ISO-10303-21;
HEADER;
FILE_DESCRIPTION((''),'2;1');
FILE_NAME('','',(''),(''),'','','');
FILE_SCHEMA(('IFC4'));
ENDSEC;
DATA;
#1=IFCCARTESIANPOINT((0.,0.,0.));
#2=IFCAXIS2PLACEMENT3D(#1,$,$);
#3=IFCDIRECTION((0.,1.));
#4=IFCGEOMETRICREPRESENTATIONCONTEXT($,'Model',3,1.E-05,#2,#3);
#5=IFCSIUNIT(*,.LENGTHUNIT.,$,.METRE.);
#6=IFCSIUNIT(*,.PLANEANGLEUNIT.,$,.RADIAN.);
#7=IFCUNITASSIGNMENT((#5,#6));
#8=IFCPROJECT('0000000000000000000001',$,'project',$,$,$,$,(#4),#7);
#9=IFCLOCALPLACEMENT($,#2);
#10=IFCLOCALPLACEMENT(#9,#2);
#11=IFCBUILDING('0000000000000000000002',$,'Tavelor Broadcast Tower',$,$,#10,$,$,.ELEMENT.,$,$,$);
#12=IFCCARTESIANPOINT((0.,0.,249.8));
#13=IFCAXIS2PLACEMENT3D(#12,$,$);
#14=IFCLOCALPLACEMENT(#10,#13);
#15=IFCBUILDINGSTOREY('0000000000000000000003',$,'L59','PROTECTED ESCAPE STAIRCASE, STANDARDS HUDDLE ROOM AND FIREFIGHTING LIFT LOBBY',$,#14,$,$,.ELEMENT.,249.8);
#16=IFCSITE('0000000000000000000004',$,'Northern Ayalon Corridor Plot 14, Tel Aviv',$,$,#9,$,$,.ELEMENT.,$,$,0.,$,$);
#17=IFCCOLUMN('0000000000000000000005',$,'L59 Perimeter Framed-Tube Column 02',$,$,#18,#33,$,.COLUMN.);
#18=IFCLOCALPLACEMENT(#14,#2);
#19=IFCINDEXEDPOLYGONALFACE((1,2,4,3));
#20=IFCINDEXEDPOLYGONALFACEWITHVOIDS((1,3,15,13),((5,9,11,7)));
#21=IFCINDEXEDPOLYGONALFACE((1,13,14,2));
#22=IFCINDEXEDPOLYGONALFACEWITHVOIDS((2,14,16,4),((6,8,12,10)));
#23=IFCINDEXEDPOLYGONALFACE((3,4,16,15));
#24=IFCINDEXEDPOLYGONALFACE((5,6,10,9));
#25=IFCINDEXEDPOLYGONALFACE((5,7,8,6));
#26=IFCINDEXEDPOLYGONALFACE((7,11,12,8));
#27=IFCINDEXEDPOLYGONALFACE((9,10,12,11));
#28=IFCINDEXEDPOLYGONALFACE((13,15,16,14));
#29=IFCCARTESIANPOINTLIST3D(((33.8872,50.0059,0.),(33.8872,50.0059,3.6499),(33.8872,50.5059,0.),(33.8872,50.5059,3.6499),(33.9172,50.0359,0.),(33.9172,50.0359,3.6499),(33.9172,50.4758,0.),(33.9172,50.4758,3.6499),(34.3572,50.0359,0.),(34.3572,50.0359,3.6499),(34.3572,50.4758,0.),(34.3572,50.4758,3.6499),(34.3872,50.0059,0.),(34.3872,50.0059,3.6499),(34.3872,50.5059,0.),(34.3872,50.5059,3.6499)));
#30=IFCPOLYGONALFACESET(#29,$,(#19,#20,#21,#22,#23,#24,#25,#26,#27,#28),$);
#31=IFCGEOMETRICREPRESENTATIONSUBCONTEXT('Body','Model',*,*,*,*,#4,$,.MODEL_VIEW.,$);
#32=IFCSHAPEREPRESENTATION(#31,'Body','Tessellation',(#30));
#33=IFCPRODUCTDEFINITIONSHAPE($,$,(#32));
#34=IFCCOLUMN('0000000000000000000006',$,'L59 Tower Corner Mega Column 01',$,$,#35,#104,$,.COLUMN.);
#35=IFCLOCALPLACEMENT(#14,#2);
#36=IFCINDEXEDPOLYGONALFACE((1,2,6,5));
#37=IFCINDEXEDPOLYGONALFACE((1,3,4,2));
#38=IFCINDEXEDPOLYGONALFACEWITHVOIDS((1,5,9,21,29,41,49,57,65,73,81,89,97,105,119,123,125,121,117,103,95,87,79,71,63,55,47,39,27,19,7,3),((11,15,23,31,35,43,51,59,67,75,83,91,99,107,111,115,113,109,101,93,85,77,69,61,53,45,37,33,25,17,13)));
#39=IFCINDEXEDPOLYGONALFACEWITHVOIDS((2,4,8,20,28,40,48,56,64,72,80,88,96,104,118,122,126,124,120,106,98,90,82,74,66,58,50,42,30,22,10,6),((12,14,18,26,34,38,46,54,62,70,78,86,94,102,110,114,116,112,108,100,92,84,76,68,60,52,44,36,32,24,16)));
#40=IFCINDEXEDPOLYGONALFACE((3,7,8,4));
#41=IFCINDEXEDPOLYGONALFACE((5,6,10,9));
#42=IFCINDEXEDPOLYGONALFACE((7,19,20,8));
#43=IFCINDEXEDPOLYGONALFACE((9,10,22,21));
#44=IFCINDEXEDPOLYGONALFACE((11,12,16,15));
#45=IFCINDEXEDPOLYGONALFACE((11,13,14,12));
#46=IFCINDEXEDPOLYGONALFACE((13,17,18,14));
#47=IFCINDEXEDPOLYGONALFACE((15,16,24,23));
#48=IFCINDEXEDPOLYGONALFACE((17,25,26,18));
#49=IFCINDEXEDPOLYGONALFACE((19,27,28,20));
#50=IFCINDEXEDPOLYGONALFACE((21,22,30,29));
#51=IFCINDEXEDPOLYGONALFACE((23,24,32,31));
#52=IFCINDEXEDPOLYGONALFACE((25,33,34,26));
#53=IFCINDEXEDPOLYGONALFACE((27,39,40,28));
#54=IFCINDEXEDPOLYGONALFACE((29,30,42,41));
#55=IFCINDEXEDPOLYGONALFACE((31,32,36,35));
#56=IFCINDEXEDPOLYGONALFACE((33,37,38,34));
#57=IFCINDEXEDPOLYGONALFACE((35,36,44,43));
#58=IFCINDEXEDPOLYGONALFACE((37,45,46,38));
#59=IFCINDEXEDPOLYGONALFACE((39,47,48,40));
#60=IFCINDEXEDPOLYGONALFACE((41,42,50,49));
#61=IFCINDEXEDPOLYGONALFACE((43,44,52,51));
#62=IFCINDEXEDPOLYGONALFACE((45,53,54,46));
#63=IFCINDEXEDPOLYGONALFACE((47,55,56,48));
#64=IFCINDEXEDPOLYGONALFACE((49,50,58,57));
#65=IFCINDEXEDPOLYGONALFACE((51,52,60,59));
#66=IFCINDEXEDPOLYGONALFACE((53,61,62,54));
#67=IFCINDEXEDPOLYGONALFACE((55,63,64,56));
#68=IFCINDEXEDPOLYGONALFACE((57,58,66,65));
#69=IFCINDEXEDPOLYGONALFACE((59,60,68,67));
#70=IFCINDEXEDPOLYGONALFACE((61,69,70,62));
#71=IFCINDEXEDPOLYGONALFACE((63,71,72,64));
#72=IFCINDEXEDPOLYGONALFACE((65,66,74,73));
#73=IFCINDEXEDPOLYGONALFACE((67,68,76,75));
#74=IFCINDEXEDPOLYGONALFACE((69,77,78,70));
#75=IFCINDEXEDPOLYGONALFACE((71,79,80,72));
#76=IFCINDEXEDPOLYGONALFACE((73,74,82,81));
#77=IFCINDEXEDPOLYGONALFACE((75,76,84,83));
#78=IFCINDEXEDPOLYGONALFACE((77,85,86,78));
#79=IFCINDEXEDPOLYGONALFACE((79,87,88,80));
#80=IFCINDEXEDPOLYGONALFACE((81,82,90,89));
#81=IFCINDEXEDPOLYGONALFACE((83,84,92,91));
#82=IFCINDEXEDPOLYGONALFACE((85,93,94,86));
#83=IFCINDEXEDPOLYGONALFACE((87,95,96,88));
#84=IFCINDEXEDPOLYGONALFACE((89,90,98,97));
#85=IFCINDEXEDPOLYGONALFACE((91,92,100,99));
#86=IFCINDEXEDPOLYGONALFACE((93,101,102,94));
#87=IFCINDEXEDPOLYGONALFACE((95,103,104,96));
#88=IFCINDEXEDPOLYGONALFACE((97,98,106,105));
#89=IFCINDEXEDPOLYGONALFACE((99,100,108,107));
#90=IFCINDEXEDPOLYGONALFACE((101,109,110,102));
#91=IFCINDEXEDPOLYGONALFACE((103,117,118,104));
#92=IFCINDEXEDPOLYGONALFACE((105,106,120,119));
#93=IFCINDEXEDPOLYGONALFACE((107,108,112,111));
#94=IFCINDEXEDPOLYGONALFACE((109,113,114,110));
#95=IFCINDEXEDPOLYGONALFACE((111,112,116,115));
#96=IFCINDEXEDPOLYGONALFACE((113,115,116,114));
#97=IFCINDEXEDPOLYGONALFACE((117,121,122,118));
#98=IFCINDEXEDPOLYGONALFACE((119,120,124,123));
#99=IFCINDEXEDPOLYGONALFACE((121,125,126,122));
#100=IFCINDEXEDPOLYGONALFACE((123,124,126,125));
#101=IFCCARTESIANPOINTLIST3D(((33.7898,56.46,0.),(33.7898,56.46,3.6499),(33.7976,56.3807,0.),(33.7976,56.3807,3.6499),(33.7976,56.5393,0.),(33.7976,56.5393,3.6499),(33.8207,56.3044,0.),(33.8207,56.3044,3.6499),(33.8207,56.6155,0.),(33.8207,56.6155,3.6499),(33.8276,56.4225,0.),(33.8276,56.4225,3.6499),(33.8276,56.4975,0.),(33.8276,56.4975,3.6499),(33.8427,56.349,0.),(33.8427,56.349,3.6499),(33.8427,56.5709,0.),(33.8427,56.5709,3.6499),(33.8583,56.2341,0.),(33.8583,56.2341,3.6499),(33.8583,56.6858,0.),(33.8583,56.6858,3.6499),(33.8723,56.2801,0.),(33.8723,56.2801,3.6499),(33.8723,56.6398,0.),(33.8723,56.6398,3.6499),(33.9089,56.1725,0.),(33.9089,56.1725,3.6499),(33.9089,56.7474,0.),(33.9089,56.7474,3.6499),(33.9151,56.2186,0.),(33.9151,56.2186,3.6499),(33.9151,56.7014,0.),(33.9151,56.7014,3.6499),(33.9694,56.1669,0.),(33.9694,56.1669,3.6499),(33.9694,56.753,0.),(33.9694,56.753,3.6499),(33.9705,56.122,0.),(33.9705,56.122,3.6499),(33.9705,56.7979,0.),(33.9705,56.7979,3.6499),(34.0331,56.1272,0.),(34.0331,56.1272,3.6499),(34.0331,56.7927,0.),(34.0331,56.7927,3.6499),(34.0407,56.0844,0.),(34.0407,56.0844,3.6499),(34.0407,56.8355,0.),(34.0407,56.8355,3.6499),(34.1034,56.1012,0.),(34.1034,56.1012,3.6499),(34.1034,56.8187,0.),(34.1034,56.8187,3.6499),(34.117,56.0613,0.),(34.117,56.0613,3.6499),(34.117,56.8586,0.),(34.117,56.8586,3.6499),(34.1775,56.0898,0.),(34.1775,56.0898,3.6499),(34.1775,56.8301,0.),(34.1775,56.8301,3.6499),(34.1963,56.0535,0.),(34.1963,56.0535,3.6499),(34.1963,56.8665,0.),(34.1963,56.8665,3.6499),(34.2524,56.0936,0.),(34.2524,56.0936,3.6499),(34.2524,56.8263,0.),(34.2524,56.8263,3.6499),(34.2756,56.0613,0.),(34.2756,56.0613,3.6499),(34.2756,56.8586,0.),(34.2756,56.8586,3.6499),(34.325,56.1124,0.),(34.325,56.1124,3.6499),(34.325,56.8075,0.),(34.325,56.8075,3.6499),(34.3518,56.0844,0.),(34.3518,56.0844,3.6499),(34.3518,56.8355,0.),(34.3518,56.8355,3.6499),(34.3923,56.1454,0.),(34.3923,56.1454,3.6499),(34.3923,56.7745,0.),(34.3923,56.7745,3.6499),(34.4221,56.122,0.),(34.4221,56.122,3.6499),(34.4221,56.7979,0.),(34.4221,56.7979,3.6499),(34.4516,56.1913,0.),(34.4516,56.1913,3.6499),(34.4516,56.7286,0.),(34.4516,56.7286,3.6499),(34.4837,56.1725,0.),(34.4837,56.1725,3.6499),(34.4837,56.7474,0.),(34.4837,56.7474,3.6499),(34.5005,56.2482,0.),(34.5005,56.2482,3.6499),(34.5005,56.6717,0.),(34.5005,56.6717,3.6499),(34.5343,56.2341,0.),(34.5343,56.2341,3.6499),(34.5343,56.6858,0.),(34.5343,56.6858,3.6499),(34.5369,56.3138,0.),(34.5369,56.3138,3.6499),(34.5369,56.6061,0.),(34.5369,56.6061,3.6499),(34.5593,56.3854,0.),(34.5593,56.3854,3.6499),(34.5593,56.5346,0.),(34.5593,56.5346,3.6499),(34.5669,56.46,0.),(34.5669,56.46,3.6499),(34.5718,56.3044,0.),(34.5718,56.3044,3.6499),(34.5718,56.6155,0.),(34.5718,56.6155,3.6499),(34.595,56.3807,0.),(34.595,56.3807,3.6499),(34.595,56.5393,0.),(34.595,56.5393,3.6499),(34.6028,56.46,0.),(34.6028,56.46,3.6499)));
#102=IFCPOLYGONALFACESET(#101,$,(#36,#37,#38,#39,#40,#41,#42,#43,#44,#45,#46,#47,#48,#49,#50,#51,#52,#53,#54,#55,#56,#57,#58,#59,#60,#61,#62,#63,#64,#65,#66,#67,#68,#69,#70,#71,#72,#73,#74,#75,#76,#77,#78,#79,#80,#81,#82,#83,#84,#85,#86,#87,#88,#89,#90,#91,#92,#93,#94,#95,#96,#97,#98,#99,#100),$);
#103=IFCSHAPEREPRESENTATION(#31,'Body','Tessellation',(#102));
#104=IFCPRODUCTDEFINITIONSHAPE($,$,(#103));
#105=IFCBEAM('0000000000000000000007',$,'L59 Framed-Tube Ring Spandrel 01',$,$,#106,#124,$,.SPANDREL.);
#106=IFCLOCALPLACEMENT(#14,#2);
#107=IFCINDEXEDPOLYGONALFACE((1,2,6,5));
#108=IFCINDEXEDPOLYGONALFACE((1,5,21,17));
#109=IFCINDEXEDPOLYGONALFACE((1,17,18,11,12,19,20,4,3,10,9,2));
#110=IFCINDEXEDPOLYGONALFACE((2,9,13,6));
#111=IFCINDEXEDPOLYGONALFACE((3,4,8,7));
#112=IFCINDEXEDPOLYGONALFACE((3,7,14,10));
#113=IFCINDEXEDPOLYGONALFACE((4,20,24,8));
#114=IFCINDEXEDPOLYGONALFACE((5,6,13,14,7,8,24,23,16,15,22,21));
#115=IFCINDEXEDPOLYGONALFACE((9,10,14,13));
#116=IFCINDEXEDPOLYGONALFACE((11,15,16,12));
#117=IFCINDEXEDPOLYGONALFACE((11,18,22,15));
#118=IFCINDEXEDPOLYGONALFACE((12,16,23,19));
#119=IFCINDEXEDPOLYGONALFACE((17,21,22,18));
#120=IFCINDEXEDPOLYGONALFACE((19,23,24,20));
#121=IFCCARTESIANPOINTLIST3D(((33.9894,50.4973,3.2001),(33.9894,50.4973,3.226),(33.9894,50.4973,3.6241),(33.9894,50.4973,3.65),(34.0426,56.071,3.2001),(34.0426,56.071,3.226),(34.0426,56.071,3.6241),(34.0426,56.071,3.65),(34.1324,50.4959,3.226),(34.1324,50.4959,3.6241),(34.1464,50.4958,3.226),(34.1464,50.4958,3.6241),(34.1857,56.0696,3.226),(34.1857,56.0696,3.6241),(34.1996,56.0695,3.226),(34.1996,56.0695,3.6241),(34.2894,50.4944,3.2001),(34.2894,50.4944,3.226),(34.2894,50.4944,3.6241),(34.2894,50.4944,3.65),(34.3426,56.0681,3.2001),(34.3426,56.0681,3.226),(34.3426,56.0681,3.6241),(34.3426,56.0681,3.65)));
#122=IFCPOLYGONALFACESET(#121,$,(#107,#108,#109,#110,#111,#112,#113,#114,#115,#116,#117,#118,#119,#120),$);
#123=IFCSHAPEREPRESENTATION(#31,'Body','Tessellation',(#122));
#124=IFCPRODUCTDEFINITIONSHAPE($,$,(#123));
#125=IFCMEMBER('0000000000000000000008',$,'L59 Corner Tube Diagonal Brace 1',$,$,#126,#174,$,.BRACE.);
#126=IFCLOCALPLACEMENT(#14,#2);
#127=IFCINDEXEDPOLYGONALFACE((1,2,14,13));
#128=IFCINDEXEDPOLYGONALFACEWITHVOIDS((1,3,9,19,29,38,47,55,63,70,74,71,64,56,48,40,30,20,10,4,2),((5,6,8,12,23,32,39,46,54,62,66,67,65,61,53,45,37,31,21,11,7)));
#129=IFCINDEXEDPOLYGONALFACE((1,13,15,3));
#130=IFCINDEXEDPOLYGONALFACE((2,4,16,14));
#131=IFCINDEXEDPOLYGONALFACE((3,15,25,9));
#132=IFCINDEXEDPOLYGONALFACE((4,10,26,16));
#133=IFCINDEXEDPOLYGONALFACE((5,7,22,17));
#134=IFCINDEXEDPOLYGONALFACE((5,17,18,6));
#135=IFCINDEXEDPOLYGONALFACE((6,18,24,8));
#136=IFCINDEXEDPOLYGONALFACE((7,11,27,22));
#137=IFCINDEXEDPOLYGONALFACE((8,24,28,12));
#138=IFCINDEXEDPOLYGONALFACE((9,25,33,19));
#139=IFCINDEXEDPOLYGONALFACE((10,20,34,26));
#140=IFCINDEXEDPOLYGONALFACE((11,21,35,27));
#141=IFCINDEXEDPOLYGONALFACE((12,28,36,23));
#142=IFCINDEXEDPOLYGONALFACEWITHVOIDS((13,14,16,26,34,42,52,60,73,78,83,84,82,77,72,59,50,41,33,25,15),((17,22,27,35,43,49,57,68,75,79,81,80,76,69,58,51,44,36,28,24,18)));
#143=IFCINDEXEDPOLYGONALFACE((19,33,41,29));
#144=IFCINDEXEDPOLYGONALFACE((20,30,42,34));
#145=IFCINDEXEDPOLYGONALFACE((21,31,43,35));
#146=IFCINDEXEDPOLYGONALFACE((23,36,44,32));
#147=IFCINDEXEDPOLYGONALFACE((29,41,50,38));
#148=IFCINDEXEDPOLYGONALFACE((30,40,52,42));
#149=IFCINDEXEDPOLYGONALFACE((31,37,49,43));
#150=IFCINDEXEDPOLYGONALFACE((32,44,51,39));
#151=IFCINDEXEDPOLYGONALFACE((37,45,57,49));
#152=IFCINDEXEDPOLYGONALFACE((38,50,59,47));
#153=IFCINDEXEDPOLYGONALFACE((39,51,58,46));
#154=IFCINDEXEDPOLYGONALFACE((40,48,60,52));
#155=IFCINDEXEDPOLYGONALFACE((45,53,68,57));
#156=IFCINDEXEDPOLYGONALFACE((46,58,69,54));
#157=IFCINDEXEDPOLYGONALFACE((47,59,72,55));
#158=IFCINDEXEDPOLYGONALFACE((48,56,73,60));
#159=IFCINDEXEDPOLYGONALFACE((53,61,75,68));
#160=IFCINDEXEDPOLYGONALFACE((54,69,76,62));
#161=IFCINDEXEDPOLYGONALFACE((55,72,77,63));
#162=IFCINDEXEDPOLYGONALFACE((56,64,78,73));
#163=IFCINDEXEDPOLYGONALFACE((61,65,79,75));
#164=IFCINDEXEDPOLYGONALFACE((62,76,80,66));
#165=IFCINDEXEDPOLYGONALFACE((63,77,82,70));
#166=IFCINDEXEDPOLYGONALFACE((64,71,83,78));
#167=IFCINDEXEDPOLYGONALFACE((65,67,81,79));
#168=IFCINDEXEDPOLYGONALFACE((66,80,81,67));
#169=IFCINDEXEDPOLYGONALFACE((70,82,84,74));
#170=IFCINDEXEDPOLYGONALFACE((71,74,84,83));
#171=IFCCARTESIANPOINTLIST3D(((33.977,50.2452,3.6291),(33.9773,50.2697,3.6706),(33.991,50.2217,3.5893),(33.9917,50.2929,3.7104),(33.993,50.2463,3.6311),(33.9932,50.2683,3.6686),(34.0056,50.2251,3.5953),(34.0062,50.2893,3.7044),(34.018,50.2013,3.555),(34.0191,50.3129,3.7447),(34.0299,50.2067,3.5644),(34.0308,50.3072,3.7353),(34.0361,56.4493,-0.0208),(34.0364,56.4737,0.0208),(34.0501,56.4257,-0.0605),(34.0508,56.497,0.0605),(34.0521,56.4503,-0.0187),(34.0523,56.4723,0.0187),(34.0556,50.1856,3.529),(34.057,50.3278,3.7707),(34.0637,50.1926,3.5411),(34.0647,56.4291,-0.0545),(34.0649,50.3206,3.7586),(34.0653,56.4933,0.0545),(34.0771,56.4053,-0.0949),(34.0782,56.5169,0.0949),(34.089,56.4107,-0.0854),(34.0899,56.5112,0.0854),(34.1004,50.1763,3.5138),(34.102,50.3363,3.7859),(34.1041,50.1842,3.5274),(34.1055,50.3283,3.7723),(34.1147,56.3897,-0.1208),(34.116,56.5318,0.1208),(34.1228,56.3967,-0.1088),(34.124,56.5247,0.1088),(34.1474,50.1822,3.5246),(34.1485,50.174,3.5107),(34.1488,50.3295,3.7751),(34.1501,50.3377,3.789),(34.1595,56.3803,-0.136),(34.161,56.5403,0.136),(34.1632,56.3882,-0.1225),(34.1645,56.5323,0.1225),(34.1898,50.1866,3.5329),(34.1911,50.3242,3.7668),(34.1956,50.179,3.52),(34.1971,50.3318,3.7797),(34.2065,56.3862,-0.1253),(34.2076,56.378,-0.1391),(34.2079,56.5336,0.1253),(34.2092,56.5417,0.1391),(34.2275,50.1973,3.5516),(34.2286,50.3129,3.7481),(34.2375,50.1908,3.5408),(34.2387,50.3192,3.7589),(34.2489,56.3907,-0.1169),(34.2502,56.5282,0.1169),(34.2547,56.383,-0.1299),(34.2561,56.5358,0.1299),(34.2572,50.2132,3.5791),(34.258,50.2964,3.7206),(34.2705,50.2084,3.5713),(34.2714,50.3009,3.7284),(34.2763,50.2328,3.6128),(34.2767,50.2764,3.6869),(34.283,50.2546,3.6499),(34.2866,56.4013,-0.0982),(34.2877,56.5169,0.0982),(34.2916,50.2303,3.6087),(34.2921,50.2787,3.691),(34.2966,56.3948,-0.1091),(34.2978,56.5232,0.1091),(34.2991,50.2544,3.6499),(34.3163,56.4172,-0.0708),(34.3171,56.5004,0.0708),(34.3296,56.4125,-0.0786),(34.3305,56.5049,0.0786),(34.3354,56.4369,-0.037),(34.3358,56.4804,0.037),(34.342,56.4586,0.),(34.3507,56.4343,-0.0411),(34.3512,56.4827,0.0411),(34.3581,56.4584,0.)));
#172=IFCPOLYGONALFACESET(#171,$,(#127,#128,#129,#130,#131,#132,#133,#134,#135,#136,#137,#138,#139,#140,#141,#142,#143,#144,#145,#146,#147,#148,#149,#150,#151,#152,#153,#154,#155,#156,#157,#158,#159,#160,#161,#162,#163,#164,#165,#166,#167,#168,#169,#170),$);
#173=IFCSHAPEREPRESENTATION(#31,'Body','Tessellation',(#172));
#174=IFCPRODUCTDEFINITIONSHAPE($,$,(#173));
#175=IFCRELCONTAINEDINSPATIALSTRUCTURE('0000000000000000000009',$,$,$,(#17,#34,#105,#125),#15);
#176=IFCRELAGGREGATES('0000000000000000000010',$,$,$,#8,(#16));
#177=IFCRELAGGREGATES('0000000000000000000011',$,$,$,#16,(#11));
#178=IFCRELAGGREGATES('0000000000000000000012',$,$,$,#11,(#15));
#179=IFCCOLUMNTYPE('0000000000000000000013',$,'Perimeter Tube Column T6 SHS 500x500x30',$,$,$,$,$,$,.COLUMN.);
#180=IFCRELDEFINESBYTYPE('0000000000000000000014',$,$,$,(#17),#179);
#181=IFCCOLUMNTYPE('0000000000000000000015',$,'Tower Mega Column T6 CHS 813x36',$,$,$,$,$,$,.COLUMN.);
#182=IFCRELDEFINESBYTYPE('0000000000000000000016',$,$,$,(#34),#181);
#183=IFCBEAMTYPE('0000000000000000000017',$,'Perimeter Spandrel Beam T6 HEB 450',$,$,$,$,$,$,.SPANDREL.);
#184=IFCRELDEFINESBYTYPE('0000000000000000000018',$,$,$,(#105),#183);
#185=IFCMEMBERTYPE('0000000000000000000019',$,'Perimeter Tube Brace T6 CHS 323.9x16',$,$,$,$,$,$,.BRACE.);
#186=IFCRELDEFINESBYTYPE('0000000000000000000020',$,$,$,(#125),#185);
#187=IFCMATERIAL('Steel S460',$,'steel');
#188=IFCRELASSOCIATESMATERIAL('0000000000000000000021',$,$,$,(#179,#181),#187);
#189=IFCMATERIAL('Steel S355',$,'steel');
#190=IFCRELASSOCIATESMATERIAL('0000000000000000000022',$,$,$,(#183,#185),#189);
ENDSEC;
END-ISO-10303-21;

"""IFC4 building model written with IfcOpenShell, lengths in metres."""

from ifc_helpers import new_model, si_unit, direction, frame, origin, origin_2d, place, context, subcontext, project, spatial, hollow_rectangle, hollow_circle, i_section, extrude, material, material_profile, profile_set, type_object, element, save


model = new_model("IFC4")

# Units and contexts
model_context = context("Model", 3, precision=1e-05, world=origin(), true_north=direction((0.0, 1.0)))
body_context = subcontext(model_context, "Body", "Model", "MODEL_VIEW")
ifc_project = project(units=[si_unit("LENGTHUNIT", "METRE"), si_unit("PLANEANGLEUNIT", "RADIAN")], contexts=[model_context])

# Site, building, storey
site_placement = place(None, origin())
site = spatial("IfcSite", under=ifc_project, at=site_placement, Name="Northern Ayalon Corridor Plot 14, Tel Aviv", CompositionType="ELEMENT", RefElevation=0.0)
building_placement = place(site_placement, origin())
building = spatial("IfcBuilding", under=site, at=building_placement, Name="Tavelor Broadcast Tower", CompositionType="ELEMENT")
storey_placement = place(building_placement, frame((0.0, 0.0, 249.8)))
storey = spatial("IfcBuildingStorey", under=building, at=storey_placement, Name="L59", Description="PROTECTED ESCAPE STAIRCASE, STANDARDS HUDDLE ROOM AND FIREFIGHTING LIFT LOBBY", CompositionType="ELEMENT", Elevation=249.8)

# Columns
ifc_material_1 = material(Name="Steel S460", Category="steel")
ifc_material_profile_1 = material_profile(ifc_material_1, hollow_rectangle(XDim=0.5, YDim=0.5, WallThickness=0.03, at=origin_2d()), Name="SHS 500x500x30")
ifc_profile_set_1 = profile_set([ifc_material_profile_1], Name="Steel S460")
column_type_1 = type_object("IfcColumnType", Name="Perimeter Tube Column T6 SHS 500x500x30", PredefinedType="COLUMN", material=ifc_profile_set_1)
column_1_placement = place(storey_placement, frame((34.1372, 50.2559, 0.0), z_axis=(0.0, 0.0, 1.0), x_axis=(1.0, 0.0, 0.0)))
element("IfcColumn", 1, at=column_1_placement, inside=storey, type_object=column_type_1, Name="L59 Perimeter Framed-Tube Column 02", PredefinedType="COLUMN", context=body_context, shape_type="SweptSolid", body=[
    extrude(hollow_rectangle(XDim=0.5, YDim=0.5, WallThickness=0.03, at=origin_2d()), origin(), (0.0, 0.0, 1.0), 3.6499),
])
ifc_material_profile_2 = material_profile(ifc_material_1, hollow_circle(Radius=0.4065, WallThickness=0.0359, at=origin_2d()), Name="CHS 813x36")
ifc_profile_set_2 = profile_set([ifc_material_profile_2], Name="Steel S460")
column_type_2 = type_object("IfcColumnType", Name="Tower Mega Column T6 CHS 813x36", PredefinedType="COLUMN", material=ifc_profile_set_2)
column_2_placement = place(storey_placement, frame((34.1963, 56.46, 0.0), z_axis=(0.0, 0.0, 1.0), x_axis=(1.0, 0.0, 0.0)))
element("IfcColumn", 2, at=column_2_placement, inside=storey, type_object=column_type_2, Name="L59 Tower Corner Mega Column 01", PredefinedType="COLUMN", context=body_context, shape_type="SweptSolid", body=[
    extrude(hollow_circle(Radius=0.4065, WallThickness=0.0359, at=origin_2d()), origin(), (0.0, 0.0, 1.0), 3.6499),
])

# Beam
ifc_material_2 = material(Name="Steel S355", Category="steel")
ifc_material_profile_3 = material_profile(ifc_material_2, i_section(OverallWidth=0.3, OverallDepth=0.45, WebThickness=0.0139, FlangeThickness=0.0259, at=origin_2d()), Name="HEB 450")
ifc_profile_set_3 = profile_set([ifc_material_profile_3], Name="Steel S355")
beam_type = type_object("IfcBeamType", Name="Perimeter Spandrel Beam T6 HEB 450", PredefinedType="SPANDREL", material=ifc_profile_set_3)
beam_placement = place(storey_placement, frame((34.1926, 56.0696, 3.425), z_axis=(-0.009548, -0.999954, 0.0), x_axis=(0.999954, -0.009548, 0.0)))
element("IfcBeam", 3, at=beam_placement, inside=storey, type_object=beam_type, Name="L59 Framed-Tube Ring Spandrel 01", PredefinedType="SPANDREL", context=body_context, shape_type="SweptSolid", body=[
    extrude(i_section(OverallWidth=0.3, OverallDepth=0.45, WebThickness=0.0139, FlangeThickness=0.0259, at=origin_2d()), origin(), (0.0, 0.0, 1.0), 5.574),
])

# Member
ifc_material_profile_4 = material_profile(ifc_material_2, hollow_circle(Radius=0.1619, WallThickness=0.0161, at=origin_2d()), Name="CHS 323.9x16")
ifc_profile_set_4 = profile_set([ifc_material_profile_4], Name="Steel S355")
member_type_1 = type_object("IfcMemberType", Name="Perimeter Tube Brace T6 CHS 323.9x16", PredefinedType="BRACE", material=ifc_profile_set_4)
member_1_placement = place(storey_placement, frame((34.1963, 56.46, 0.0), z_axis=(-0.008208, -0.861879, 0.507048), x_axis=(0.999955, -0.009523, 0.0)))
element("IfcMember", 4, at=member_1_placement, inside=storey, type_object=member_type_1, Name="L59 Corner Tube Diagonal Brace 1", PredefinedType="BRACE", context=body_context, shape_type="SweptSolid", body=[
    extrude(hollow_circle(Radius=0.1619, WallThickness=0.0161, at=origin_2d()), origin(), (0.0, 0.0, 1.0), 7.1982),
])

save(model, "model.ifc")
